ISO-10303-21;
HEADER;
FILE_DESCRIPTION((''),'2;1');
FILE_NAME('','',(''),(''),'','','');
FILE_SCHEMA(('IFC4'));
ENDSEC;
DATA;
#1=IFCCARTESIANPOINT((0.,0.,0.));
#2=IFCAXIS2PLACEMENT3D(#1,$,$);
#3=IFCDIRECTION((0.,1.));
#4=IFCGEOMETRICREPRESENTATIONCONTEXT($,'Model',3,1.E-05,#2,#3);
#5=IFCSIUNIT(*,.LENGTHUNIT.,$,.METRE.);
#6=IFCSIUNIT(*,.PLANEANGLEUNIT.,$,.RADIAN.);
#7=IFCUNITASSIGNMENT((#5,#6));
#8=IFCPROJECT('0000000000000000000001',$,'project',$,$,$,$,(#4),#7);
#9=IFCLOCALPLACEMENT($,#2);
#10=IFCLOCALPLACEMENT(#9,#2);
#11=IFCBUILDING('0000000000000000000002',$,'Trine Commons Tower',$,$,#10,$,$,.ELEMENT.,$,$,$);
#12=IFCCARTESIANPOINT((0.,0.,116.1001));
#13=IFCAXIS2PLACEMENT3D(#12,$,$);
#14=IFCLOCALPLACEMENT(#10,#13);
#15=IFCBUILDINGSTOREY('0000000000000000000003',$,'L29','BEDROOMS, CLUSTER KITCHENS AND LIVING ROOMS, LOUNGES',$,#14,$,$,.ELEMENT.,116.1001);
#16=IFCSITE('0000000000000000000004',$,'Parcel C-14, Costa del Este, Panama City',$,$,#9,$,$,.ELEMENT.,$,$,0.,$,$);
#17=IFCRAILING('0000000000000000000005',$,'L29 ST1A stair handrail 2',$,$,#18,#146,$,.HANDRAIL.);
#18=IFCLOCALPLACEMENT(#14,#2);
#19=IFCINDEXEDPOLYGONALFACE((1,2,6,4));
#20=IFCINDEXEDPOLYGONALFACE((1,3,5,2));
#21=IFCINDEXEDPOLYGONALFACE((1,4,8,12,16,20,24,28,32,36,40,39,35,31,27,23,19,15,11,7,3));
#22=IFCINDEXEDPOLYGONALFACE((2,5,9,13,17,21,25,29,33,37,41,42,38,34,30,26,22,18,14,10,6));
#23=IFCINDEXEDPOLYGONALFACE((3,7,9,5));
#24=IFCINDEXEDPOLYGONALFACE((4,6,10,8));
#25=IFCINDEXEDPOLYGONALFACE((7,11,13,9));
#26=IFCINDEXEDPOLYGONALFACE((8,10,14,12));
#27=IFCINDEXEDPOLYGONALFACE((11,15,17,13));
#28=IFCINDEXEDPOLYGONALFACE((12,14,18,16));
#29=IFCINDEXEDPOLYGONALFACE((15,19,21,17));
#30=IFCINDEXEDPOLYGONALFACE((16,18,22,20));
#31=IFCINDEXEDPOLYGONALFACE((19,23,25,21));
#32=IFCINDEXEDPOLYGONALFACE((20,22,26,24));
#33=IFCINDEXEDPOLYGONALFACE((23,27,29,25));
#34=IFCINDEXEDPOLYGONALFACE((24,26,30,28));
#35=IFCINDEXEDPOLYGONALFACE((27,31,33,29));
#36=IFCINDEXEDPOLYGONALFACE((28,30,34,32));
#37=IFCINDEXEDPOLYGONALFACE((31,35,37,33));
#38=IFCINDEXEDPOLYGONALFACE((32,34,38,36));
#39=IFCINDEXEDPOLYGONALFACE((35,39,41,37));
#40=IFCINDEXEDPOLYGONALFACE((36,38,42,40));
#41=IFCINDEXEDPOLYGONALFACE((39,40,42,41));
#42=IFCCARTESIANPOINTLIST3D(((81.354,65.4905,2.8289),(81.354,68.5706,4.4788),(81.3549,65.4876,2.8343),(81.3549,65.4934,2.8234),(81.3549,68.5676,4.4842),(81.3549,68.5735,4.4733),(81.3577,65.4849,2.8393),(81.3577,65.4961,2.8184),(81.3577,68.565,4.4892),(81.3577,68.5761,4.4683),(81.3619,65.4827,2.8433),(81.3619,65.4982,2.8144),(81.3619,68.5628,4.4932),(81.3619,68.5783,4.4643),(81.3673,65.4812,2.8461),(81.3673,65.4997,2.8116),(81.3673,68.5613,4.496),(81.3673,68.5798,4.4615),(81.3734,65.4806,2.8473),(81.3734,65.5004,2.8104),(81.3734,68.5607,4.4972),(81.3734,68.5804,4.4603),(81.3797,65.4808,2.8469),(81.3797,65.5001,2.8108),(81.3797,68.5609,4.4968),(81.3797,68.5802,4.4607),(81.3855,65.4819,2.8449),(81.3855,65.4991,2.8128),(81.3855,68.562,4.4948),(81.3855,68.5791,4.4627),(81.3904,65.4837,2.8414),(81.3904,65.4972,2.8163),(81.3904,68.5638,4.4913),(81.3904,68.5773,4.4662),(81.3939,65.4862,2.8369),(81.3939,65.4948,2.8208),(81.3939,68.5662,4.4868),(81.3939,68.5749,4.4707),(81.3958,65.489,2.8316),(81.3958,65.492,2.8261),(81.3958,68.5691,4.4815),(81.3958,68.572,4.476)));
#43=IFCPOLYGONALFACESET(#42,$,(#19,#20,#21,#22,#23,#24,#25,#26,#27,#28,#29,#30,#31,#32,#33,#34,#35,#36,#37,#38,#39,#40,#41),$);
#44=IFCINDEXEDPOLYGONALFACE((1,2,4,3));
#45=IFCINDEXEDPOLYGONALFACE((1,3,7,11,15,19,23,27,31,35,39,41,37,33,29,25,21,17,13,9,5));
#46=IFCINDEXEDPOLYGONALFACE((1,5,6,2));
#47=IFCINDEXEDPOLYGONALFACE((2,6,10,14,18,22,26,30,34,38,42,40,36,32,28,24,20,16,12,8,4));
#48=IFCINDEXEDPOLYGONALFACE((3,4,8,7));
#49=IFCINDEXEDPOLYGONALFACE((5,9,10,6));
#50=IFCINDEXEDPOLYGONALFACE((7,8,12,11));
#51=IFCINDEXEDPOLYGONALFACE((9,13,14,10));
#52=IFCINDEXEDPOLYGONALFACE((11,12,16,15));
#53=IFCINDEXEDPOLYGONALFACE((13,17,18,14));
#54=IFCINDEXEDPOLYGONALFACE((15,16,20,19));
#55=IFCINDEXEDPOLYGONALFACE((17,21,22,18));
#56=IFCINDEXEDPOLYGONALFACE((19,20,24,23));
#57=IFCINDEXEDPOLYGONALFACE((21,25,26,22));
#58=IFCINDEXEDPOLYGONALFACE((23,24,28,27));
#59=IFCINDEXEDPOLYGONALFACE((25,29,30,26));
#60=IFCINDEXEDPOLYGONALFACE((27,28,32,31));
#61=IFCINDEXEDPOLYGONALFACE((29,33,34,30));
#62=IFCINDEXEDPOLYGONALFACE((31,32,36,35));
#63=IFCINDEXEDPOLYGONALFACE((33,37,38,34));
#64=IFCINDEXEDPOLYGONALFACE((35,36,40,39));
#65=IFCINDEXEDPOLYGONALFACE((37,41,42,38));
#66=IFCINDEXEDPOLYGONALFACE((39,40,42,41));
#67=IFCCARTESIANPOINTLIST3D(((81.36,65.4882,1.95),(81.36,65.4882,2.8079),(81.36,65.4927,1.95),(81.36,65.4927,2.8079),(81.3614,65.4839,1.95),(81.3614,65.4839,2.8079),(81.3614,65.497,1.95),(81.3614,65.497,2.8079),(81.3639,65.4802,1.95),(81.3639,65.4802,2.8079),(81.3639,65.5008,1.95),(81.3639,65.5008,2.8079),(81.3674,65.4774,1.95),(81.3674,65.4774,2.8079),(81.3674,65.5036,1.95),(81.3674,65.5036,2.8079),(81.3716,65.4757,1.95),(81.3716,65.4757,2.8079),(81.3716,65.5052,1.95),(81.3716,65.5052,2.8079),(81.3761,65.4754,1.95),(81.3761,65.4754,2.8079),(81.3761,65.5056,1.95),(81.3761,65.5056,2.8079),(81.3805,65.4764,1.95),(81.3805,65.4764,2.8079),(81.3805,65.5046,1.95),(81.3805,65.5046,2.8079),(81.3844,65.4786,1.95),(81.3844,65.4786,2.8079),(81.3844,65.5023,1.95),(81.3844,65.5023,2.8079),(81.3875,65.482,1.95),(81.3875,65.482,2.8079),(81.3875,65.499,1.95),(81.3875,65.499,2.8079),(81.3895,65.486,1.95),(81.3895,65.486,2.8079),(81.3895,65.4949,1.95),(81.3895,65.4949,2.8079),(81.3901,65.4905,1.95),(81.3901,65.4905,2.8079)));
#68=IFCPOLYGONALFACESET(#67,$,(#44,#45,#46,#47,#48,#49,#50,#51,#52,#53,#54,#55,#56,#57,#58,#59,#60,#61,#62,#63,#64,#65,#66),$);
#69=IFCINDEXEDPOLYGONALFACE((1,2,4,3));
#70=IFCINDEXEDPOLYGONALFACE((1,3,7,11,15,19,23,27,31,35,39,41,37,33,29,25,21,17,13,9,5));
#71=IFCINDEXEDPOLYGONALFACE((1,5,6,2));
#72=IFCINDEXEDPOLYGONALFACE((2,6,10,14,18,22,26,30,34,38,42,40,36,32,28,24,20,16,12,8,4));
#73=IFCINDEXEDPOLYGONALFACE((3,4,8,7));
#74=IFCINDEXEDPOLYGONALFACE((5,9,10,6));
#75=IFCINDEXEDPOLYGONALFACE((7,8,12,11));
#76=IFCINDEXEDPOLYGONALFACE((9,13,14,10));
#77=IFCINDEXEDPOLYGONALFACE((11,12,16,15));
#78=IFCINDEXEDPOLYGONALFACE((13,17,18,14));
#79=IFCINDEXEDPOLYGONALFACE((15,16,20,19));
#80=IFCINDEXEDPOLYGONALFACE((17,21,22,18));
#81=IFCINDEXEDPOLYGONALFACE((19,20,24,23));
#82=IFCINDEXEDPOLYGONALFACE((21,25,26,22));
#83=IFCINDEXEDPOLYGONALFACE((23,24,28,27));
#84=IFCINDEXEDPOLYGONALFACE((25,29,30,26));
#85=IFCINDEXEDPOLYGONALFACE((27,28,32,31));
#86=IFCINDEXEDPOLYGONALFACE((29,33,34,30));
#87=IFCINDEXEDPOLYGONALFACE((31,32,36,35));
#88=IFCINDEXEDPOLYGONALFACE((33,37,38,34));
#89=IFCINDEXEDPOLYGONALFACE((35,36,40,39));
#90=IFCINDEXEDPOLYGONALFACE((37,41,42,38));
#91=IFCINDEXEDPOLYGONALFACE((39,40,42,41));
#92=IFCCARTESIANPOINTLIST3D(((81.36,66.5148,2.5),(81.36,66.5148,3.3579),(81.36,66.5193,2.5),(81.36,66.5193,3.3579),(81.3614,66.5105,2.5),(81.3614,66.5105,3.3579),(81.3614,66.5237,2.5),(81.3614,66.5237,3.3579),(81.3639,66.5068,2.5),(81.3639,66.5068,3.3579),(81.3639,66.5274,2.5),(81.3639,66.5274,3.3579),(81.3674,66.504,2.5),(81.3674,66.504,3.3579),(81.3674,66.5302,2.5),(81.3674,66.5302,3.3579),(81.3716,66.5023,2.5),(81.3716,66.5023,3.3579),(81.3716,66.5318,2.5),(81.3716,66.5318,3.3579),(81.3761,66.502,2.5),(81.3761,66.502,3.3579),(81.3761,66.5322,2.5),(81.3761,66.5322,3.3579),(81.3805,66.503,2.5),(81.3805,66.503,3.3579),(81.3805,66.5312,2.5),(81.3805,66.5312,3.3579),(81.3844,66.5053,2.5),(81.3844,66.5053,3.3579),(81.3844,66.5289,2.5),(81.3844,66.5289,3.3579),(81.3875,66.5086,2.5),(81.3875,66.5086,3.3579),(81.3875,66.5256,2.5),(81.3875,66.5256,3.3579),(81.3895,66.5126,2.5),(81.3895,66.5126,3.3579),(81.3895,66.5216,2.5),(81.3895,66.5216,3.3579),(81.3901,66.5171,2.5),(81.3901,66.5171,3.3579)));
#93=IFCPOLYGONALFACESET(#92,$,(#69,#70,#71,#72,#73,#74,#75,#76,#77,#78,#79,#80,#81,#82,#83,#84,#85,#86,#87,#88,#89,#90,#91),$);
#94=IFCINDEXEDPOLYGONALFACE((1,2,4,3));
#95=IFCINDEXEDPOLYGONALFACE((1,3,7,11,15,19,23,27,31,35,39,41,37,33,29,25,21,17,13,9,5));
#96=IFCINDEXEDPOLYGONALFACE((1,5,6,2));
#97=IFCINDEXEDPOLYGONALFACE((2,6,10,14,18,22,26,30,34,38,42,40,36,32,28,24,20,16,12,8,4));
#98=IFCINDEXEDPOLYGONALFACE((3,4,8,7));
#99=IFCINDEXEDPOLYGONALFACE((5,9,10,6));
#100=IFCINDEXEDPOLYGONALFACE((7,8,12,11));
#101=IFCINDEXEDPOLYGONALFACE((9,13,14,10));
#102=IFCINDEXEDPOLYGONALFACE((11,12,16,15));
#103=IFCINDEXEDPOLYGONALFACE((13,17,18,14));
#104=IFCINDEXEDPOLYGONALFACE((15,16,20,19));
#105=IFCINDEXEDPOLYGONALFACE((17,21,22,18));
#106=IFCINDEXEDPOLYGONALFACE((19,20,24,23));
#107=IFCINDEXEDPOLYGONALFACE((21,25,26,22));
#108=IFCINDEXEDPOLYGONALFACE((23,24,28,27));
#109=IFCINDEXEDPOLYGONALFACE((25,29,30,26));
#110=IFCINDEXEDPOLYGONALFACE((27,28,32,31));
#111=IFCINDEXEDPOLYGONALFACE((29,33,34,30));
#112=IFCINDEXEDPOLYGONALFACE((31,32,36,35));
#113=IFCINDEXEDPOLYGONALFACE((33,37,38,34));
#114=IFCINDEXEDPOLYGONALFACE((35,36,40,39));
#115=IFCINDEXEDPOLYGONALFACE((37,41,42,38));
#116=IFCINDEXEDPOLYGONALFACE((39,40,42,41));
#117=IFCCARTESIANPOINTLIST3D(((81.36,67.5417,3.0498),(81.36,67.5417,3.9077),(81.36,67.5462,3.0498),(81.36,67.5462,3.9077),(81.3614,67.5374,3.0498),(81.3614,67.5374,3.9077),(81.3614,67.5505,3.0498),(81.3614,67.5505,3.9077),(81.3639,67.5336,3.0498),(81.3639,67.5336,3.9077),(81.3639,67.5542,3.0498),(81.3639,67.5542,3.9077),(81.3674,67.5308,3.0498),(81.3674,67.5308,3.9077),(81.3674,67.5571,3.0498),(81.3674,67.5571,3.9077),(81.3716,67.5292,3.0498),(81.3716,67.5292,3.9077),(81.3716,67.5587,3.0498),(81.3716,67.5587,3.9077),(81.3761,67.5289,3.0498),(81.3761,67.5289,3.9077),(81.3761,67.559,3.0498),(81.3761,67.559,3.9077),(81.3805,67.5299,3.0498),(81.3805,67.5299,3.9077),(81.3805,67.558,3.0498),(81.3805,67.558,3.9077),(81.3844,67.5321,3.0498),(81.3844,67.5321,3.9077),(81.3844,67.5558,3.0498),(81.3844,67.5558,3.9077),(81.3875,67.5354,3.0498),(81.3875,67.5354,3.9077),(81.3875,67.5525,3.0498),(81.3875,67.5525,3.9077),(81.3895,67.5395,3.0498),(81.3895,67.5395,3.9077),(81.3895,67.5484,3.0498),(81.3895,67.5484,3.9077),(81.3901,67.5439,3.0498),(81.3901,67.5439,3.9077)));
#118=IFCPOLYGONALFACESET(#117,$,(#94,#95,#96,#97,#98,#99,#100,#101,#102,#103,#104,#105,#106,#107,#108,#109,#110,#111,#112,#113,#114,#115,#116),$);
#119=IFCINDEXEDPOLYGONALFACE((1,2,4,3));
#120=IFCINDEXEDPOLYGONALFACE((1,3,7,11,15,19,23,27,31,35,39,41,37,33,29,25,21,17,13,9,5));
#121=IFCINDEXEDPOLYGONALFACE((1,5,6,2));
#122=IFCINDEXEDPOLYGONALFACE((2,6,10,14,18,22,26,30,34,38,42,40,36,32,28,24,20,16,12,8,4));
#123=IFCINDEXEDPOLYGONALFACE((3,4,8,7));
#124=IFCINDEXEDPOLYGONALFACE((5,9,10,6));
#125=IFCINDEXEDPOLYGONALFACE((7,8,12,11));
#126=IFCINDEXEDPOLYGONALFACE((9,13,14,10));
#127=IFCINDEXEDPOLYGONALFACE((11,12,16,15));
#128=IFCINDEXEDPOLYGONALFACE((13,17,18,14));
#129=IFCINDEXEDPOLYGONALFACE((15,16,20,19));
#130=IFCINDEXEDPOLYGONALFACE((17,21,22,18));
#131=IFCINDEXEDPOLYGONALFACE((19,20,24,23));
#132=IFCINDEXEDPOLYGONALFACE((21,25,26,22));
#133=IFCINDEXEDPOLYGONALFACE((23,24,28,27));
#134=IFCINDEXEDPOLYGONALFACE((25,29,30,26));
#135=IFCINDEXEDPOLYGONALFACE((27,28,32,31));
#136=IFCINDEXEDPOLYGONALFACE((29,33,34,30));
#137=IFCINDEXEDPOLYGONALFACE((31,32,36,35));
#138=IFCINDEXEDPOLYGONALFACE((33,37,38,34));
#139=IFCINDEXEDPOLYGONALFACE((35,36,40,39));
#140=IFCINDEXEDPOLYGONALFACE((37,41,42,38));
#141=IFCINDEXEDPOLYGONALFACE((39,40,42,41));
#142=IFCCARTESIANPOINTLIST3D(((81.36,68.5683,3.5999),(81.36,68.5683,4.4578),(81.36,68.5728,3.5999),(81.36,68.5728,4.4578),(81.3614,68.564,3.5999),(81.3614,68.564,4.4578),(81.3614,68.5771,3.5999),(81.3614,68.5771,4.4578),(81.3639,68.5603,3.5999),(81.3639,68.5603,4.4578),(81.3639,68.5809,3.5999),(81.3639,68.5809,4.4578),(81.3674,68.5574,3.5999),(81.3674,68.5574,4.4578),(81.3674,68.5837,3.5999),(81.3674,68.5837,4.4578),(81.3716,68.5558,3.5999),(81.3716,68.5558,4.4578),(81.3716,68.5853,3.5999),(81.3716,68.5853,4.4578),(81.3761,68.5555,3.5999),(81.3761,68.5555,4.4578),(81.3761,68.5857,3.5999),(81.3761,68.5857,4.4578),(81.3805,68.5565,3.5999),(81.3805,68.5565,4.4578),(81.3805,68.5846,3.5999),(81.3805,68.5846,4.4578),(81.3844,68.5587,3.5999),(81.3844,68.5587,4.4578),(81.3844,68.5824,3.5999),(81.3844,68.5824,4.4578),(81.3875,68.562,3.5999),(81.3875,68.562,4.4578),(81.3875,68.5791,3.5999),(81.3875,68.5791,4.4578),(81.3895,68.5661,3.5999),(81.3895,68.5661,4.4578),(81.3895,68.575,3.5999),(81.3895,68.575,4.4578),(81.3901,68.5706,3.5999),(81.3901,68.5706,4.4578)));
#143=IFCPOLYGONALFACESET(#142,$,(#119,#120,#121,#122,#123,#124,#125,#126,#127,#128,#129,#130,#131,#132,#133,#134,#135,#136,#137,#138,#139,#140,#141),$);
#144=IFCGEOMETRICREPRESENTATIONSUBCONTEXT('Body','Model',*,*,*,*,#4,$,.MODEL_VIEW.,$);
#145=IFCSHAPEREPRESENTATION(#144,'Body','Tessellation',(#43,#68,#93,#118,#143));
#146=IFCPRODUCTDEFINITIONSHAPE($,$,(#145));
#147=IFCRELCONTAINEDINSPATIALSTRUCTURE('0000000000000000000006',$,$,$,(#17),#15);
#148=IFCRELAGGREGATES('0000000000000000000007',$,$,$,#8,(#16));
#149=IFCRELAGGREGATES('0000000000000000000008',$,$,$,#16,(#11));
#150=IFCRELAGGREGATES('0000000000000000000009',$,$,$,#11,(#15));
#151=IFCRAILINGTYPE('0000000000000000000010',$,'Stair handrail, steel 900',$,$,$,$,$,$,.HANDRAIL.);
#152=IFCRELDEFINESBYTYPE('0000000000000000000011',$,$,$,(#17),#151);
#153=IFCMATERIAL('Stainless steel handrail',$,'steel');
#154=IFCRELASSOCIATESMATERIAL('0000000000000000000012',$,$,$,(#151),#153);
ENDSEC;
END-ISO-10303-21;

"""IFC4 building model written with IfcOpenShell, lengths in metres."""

from ifc_helpers import new_model, si_unit, direction, frame, origin, origin_2d, place, context, subcontext, project, spatial, circle, extrude, material, type_object, element, save


model = new_model("IFC4")

# Units and contexts
model_context = context("Model", 3, precision=1e-05, world=origin(), true_north=direction((0.0, 1.0)))
body_context = subcontext(model_context, "Body", "Model", "MODEL_VIEW")
ifc_project = project(units=[si_unit("LENGTHUNIT", "METRE"), si_unit("PLANEANGLEUNIT", "RADIAN")], contexts=[model_context])

# Site, building, storey
site_placement = place(None, origin())
site = spatial("IfcSite", under=ifc_project, at=site_placement, Name="Parcel C-14, Costa del Este, Panama City", CompositionType="ELEMENT", RefElevation=0.0)
building_placement = place(site_placement, origin())
building = spatial("IfcBuilding", under=site, at=building_placement, Name="Trine Commons Tower", CompositionType="ELEMENT")
storey_placement = place(building_placement, frame((0.0, 0.0, 116.1001)))
storey = spatial("IfcBuildingStorey", under=building, at=storey_placement, Name="L29", Description="BEDROOMS, CLUSTER KITCHENS AND LIVING ROOMS, LOUNGES", CompositionType="ELEMENT", Elevation=116.1001)

# Railing
ifc_material_1 = material(Name="Stainless steel handrail", Category="steel")
railing_type_1 = type_object("IfcRailingType", Name="Stair handrail, steel 900", PredefinedType="HANDRAIL", material=ifc_material_1)
railing_1_placement = place(storey_placement, frame((81.375, 65.4905, 1.95)))
element("IfcRailing", 1, at=railing_1_placement, inside=storey, type_object=railing_type_1, Name="L29 ST1A stair handrail 2", PredefinedType="HANDRAIL", context=body_context, shape_type="SweptSolid", body=[
    extrude(circle(Radius=0.021, at=origin_2d()), frame((0.0, 0.0, 0.8789), z_axis=(0.0, 0.881497, 0.47219), x_axis=(-1.0, 0.0, 0.0)), (0.0, 0.0, 1.0), 3.4941),
    extrude(circle(Radius=0.0151, at=origin_2d()), origin(), (0.0, 0.0, 1.0), 0.8579),
    extrude(circle(Radius=0.0151, at=origin_2d()), frame((0.0, 1.0266, 0.55)), (0.0, 0.0, 1.0), 0.8579),
    extrude(circle(Radius=0.0151, at=origin_2d()), frame((0.0, 2.0535, 1.0999)), (0.0, 0.0, 1.0), 0.8579),
    extrude(circle(Radius=0.0151, at=origin_2d()), frame((0.0, 3.0801, 1.6499)), (0.0, 0.0, 1.0), 0.8579),
])

save(model, "model.ifc")
